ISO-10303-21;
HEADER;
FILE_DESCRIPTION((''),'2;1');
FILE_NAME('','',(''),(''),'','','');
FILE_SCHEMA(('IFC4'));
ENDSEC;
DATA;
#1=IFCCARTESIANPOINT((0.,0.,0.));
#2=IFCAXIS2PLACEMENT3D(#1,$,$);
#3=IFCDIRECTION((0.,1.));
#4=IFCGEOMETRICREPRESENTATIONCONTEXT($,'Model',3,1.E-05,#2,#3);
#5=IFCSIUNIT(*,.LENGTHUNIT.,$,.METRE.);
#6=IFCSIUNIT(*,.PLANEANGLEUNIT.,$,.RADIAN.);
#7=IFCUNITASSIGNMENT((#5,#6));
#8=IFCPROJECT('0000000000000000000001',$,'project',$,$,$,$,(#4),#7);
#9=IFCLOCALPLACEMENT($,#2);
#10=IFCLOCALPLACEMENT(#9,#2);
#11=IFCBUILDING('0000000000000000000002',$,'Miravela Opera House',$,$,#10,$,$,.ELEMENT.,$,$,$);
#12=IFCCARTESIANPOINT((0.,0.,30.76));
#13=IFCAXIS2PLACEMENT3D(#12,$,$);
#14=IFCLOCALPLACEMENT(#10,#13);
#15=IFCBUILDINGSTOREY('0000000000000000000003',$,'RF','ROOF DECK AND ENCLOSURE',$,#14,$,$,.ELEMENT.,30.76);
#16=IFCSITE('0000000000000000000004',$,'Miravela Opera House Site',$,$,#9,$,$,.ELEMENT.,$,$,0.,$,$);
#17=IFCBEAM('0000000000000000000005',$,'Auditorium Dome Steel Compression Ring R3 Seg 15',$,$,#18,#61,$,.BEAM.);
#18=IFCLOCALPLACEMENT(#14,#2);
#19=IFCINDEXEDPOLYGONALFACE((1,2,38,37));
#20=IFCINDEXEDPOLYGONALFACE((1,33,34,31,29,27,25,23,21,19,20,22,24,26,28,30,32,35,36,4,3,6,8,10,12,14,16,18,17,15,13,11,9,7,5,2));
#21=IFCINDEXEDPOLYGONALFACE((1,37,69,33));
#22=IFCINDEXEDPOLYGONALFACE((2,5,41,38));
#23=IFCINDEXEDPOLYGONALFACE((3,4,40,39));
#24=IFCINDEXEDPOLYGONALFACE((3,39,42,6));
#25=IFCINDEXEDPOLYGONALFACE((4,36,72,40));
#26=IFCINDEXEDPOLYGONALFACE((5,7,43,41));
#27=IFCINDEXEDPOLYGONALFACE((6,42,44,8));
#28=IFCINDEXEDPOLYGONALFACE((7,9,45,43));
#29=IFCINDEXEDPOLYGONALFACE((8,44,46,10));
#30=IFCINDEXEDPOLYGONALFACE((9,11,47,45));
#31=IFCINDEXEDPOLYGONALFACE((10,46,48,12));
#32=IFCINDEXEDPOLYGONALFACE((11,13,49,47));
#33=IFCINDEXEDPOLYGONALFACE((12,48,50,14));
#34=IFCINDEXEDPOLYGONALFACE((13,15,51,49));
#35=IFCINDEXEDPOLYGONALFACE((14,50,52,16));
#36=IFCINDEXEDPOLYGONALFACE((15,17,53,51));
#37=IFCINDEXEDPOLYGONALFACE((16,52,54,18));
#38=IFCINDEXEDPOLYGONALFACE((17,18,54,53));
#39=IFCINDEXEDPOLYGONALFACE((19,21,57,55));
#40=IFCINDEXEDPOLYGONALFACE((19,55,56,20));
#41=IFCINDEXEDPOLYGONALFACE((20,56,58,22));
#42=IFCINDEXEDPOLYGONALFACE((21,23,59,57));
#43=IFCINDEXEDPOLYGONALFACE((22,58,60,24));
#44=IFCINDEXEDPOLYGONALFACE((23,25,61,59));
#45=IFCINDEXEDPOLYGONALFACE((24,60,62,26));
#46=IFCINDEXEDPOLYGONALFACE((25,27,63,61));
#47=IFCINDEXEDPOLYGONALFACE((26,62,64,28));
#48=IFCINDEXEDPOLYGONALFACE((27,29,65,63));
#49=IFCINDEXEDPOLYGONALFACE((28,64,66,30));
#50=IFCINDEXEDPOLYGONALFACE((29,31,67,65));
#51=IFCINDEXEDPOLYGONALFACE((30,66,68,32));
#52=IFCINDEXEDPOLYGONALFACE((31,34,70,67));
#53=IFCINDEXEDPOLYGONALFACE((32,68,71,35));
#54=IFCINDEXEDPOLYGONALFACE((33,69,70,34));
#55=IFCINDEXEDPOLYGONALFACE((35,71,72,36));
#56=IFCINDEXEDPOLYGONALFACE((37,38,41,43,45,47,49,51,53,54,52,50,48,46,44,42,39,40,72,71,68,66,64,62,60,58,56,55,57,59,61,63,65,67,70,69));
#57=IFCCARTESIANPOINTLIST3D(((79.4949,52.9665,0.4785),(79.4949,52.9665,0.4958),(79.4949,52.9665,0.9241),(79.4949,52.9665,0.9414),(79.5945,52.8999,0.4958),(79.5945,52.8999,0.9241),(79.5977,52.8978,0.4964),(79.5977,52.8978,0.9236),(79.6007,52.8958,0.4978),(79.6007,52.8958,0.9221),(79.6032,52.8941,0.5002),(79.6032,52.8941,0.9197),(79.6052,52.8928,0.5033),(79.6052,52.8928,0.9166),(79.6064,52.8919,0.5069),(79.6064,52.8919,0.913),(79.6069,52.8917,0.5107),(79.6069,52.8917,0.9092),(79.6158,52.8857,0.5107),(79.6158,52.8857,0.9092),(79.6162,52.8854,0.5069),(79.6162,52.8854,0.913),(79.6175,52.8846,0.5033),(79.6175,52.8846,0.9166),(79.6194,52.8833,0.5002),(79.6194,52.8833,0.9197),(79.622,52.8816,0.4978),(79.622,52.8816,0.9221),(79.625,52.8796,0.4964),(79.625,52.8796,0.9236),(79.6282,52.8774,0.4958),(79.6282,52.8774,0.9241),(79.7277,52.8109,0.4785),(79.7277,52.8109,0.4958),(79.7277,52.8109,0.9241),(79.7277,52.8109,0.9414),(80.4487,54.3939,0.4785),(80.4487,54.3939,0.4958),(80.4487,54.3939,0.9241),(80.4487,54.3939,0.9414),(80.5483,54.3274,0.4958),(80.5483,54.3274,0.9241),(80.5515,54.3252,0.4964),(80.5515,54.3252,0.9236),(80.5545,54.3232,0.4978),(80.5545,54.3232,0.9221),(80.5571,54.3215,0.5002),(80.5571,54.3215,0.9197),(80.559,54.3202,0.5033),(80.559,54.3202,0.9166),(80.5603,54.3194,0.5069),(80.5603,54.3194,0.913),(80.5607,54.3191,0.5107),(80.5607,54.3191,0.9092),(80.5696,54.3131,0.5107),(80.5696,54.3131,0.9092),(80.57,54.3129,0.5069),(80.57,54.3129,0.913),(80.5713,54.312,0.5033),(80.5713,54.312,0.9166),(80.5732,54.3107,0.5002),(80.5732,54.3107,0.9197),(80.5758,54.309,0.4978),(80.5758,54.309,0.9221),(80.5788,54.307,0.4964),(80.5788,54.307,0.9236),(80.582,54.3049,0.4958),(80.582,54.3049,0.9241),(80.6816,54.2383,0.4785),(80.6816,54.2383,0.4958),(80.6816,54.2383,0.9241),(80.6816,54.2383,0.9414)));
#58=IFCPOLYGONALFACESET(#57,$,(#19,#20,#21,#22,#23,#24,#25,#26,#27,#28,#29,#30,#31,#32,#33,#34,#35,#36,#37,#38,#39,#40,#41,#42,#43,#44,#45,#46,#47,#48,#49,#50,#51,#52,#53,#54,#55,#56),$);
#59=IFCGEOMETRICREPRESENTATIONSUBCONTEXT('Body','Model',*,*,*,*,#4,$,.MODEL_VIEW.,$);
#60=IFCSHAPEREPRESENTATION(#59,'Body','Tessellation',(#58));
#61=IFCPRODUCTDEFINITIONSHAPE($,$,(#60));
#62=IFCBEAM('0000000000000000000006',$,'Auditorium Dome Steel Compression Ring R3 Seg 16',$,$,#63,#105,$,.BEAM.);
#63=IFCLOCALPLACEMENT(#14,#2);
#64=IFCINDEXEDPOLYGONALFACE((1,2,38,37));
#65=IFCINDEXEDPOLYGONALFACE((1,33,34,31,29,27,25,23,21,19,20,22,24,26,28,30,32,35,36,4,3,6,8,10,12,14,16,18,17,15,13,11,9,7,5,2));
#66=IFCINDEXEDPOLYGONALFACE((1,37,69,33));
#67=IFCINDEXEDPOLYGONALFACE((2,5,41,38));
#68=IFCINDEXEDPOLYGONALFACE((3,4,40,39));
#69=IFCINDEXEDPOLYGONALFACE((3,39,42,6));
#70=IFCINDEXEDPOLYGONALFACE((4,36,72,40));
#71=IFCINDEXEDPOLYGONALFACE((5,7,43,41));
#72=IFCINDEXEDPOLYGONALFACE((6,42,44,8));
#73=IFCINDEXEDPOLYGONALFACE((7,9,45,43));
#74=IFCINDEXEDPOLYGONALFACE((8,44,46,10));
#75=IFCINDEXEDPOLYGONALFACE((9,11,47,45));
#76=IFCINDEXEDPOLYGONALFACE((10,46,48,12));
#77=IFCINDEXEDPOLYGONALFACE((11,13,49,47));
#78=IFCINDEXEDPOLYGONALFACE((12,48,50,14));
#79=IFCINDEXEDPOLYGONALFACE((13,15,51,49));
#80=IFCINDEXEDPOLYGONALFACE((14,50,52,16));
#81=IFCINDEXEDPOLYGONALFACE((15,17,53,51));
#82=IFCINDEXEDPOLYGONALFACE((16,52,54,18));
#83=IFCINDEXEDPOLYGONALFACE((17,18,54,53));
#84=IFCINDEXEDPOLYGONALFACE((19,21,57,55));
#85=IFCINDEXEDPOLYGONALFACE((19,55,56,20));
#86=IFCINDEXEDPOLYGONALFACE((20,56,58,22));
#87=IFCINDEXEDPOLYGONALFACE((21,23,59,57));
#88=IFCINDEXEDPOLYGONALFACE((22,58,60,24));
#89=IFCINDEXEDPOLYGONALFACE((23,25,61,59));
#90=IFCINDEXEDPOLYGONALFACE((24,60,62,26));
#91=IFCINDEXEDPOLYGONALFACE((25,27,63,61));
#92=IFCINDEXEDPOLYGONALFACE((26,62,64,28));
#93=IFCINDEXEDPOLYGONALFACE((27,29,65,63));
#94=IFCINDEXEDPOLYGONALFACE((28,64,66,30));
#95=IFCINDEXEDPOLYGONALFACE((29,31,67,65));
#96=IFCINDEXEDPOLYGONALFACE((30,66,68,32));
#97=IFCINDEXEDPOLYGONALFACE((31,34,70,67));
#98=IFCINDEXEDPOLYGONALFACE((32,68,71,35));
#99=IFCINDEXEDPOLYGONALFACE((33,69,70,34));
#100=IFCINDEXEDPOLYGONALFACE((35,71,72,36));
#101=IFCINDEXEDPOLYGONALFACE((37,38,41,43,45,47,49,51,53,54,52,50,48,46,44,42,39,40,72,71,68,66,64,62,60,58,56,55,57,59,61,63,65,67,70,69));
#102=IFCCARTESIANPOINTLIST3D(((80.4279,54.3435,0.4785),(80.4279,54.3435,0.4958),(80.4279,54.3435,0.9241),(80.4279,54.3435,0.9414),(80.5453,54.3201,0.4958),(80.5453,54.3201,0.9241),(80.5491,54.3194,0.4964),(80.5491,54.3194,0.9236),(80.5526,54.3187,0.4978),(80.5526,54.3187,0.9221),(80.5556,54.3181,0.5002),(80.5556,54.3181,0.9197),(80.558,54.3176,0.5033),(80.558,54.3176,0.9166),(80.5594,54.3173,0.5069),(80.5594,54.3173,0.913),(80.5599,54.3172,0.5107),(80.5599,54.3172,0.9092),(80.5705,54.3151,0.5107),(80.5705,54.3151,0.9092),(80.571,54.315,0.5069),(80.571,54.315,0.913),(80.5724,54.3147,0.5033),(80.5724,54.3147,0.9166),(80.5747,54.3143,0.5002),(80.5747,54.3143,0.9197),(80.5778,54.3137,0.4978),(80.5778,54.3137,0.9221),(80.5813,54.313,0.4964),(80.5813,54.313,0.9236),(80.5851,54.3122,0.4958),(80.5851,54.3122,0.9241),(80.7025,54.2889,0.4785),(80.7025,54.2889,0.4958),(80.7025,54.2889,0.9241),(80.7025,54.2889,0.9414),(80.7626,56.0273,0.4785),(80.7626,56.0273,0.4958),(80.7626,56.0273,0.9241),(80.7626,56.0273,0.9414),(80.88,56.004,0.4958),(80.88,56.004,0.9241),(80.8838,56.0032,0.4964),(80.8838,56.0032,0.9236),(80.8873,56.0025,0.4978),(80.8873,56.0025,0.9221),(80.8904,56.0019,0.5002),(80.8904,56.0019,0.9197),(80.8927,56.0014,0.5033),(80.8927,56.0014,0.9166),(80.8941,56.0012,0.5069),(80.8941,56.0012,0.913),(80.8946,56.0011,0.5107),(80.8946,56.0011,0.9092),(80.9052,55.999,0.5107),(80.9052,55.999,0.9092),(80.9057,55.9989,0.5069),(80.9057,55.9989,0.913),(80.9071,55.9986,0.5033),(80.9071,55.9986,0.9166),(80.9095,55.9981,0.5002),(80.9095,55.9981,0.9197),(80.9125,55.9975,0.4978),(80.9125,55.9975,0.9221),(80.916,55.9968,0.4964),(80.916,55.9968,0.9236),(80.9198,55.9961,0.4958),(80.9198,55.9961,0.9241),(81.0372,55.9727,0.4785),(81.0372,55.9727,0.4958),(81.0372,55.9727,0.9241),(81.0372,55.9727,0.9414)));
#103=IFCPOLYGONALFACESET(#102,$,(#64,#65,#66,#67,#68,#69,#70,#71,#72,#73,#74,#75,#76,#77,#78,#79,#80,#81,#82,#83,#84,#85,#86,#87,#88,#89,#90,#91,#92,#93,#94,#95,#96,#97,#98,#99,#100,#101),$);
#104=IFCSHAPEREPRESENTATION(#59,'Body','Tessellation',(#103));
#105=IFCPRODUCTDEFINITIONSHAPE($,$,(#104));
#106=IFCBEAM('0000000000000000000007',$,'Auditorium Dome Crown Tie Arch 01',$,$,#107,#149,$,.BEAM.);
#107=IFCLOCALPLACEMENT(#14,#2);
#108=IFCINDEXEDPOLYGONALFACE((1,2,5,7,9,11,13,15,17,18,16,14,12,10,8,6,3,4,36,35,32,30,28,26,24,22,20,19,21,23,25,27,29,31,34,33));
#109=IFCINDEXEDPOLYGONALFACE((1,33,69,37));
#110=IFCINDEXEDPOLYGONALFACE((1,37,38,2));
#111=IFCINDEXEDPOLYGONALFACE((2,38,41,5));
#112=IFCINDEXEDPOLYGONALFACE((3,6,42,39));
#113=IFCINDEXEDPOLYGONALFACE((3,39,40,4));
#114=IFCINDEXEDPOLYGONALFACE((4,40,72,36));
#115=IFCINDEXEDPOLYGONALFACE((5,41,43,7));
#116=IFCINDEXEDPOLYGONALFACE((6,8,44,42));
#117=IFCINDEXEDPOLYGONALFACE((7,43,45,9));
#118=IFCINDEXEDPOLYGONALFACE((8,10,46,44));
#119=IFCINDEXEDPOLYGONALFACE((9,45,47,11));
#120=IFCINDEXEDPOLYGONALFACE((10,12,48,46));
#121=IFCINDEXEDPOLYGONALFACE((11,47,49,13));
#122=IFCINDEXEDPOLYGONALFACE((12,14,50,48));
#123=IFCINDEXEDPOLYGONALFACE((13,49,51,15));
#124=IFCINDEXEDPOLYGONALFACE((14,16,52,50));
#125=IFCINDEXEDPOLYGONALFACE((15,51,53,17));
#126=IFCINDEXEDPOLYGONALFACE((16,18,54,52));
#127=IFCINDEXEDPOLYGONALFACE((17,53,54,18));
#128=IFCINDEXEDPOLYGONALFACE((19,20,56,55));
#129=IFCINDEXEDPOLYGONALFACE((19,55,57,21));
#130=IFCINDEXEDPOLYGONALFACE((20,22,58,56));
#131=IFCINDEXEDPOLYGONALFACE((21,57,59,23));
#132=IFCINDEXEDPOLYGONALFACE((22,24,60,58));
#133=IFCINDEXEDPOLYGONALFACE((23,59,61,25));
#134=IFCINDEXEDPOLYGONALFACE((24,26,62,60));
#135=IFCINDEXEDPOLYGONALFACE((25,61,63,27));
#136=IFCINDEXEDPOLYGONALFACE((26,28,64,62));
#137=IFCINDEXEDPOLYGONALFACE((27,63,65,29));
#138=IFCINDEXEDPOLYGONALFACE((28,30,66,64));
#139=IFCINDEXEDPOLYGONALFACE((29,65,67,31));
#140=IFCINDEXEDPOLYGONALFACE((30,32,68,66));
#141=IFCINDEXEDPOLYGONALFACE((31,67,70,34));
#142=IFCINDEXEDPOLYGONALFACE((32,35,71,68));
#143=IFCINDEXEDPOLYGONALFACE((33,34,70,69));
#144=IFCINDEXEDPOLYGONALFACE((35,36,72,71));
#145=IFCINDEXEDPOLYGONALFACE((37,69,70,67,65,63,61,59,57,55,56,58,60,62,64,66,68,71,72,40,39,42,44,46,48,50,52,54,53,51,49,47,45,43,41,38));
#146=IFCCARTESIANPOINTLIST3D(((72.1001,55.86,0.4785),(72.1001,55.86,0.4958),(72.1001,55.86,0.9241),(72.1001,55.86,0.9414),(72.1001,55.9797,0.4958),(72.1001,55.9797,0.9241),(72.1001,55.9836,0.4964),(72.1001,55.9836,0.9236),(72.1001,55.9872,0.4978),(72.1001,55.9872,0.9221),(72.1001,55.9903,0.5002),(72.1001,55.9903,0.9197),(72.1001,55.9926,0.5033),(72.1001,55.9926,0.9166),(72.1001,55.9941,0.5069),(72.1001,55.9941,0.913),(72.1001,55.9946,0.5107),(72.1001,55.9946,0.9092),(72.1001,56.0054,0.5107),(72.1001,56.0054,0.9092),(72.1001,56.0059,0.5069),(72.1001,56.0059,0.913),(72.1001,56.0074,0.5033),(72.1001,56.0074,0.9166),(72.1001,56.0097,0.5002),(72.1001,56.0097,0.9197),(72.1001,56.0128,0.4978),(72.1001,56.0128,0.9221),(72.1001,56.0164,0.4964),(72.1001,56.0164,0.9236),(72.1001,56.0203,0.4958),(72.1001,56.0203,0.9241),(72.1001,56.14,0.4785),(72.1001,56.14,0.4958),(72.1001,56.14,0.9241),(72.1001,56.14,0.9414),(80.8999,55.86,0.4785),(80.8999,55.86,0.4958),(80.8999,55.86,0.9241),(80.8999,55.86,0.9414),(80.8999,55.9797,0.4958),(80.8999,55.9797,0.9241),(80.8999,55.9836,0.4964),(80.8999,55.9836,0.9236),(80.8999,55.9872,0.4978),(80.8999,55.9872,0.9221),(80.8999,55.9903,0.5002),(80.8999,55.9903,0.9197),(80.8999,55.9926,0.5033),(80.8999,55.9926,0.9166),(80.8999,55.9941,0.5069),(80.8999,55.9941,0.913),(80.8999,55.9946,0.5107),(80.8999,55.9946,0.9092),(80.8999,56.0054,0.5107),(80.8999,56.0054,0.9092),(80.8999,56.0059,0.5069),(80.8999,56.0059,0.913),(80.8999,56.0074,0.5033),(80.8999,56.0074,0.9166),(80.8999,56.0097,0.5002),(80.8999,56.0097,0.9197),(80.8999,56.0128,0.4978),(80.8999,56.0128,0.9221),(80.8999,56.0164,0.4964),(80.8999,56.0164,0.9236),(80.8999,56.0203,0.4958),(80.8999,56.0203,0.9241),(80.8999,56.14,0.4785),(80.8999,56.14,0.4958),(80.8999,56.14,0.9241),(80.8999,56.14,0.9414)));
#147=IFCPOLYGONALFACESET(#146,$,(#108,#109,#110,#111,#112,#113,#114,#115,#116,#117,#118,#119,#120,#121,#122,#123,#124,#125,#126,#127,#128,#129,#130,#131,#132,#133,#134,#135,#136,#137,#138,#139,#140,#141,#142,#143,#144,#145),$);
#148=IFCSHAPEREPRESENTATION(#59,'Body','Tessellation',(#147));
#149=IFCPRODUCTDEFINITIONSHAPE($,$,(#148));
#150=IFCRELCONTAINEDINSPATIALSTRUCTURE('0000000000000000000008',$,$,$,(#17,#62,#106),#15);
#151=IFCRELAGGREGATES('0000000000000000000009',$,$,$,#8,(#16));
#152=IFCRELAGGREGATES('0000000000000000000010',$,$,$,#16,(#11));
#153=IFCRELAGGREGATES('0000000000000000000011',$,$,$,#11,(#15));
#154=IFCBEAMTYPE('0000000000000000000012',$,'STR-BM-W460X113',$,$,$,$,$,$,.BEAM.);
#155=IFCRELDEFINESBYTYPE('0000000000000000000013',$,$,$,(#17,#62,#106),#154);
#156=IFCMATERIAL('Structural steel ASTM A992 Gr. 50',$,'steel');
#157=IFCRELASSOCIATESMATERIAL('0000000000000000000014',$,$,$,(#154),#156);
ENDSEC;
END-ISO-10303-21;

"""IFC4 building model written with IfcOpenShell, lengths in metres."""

from ifc_helpers import new_model, si_unit, direction, frame, origin, origin_2d, place, context, subcontext, project, spatial, i_section, extrude, material, material_profile, profile_set, type_object, element, save


model = new_model("IFC4")

# Units and contexts
model_context = context("Model", 3, precision=1e-05, world=origin(), true_north=direction((0.0, 1.0)))
body_context = subcontext(model_context, "Body", "Model", "MODEL_VIEW")
ifc_project = project(units=[si_unit("LENGTHUNIT", "METRE"), si_unit("PLANEANGLEUNIT", "RADIAN")], contexts=[model_context])

# Site, building, storey
site_placement = place(None, origin())
site = spatial("IfcSite", under=ifc_project, at=site_placement, Name="Miravela Opera House Site", CompositionType="ELEMENT", RefElevation=0.0)
building_placement = place(site_placement, origin())
building = spatial("IfcBuilding", under=site, at=building_placement, Name="Miravela Opera House", CompositionType="ELEMENT")
storey_placement = place(building_placement, frame((0.0, 0.0, 30.76)))
storey = spatial("IfcBuildingStorey", under=building, at=storey_placement, Name="RF", Description="ROOF DECK AND ENCLOSURE", CompositionType="ELEMENT", Elevation=30.76)

# Beams
ifc_material_1 = material(Name="Structural steel ASTM A992 Gr. 50", Category="steel")
ifc_material_profile_1 = material_profile(ifc_material_1, i_section(OverallWidth=0.28, OverallDepth=0.4629, WebThickness=0.0107, FlangeThickness=0.0173, FilletRadius=0.0149, at=origin_2d()), Name="W460X113")
ifc_profile_set_1 = profile_set([ifc_material_profile_1])
beam_type = type_object("IfcBeamType", Name="STR-BM-W460X113", PredefinedType="BEAM", material=ifc_profile_set_1)
for number, where, z_axis, x_axis, name in (
    (1, (79.6113, 52.8887, 0.71), (0.555586, 0.831459, 0.0), (-0.831459, 0.555586, 0.0), "Auditorium Dome Steel Compression Ring R3 Seg 15"),
    (2, (80.5652, 54.3162, 0.71), (0.194967, 0.98081, 0.0), (-0.98081, 0.194967, 0.0), "Auditorium Dome Steel Compression Ring R3 Seg 16"),
):
    element("IfcBeam", number, at=place(storey_placement, frame(where, z_axis=z_axis, x_axis=x_axis)), inside=storey, type_object=beam_type, Name=name, PredefinedType="BEAM", context=body_context, shape_type="SweptSolid", body=[
        extrude(i_section(OverallWidth=0.28, OverallDepth=0.4629, WebThickness=0.0107, FlangeThickness=0.0173, FilletRadius=0.0149, at=origin_2d()), origin(), (0.0, 0.0, 1.0), 1.7168),
    ])
beam_1_placement = place(storey_placement, frame((80.8999, 56.0, 0.71), z_axis=(-1.0, 0.0, 0.0), x_axis=(0.0, -1.0, 0.0)))
element("IfcBeam", 3, at=beam_1_placement, inside=storey, type_object=beam_type, Name="Auditorium Dome Crown Tie Arch 01", PredefinedType="BEAM", context=body_context, shape_type="SweptSolid", body=[
    extrude(i_section(OverallWidth=0.28, OverallDepth=0.4629, WebThickness=0.0107, FlangeThickness=0.0173, FilletRadius=0.0149, at=origin_2d()), origin(), (0.0, 0.0, 1.0), 8.7998),
])

save(model, "model.ifc")
